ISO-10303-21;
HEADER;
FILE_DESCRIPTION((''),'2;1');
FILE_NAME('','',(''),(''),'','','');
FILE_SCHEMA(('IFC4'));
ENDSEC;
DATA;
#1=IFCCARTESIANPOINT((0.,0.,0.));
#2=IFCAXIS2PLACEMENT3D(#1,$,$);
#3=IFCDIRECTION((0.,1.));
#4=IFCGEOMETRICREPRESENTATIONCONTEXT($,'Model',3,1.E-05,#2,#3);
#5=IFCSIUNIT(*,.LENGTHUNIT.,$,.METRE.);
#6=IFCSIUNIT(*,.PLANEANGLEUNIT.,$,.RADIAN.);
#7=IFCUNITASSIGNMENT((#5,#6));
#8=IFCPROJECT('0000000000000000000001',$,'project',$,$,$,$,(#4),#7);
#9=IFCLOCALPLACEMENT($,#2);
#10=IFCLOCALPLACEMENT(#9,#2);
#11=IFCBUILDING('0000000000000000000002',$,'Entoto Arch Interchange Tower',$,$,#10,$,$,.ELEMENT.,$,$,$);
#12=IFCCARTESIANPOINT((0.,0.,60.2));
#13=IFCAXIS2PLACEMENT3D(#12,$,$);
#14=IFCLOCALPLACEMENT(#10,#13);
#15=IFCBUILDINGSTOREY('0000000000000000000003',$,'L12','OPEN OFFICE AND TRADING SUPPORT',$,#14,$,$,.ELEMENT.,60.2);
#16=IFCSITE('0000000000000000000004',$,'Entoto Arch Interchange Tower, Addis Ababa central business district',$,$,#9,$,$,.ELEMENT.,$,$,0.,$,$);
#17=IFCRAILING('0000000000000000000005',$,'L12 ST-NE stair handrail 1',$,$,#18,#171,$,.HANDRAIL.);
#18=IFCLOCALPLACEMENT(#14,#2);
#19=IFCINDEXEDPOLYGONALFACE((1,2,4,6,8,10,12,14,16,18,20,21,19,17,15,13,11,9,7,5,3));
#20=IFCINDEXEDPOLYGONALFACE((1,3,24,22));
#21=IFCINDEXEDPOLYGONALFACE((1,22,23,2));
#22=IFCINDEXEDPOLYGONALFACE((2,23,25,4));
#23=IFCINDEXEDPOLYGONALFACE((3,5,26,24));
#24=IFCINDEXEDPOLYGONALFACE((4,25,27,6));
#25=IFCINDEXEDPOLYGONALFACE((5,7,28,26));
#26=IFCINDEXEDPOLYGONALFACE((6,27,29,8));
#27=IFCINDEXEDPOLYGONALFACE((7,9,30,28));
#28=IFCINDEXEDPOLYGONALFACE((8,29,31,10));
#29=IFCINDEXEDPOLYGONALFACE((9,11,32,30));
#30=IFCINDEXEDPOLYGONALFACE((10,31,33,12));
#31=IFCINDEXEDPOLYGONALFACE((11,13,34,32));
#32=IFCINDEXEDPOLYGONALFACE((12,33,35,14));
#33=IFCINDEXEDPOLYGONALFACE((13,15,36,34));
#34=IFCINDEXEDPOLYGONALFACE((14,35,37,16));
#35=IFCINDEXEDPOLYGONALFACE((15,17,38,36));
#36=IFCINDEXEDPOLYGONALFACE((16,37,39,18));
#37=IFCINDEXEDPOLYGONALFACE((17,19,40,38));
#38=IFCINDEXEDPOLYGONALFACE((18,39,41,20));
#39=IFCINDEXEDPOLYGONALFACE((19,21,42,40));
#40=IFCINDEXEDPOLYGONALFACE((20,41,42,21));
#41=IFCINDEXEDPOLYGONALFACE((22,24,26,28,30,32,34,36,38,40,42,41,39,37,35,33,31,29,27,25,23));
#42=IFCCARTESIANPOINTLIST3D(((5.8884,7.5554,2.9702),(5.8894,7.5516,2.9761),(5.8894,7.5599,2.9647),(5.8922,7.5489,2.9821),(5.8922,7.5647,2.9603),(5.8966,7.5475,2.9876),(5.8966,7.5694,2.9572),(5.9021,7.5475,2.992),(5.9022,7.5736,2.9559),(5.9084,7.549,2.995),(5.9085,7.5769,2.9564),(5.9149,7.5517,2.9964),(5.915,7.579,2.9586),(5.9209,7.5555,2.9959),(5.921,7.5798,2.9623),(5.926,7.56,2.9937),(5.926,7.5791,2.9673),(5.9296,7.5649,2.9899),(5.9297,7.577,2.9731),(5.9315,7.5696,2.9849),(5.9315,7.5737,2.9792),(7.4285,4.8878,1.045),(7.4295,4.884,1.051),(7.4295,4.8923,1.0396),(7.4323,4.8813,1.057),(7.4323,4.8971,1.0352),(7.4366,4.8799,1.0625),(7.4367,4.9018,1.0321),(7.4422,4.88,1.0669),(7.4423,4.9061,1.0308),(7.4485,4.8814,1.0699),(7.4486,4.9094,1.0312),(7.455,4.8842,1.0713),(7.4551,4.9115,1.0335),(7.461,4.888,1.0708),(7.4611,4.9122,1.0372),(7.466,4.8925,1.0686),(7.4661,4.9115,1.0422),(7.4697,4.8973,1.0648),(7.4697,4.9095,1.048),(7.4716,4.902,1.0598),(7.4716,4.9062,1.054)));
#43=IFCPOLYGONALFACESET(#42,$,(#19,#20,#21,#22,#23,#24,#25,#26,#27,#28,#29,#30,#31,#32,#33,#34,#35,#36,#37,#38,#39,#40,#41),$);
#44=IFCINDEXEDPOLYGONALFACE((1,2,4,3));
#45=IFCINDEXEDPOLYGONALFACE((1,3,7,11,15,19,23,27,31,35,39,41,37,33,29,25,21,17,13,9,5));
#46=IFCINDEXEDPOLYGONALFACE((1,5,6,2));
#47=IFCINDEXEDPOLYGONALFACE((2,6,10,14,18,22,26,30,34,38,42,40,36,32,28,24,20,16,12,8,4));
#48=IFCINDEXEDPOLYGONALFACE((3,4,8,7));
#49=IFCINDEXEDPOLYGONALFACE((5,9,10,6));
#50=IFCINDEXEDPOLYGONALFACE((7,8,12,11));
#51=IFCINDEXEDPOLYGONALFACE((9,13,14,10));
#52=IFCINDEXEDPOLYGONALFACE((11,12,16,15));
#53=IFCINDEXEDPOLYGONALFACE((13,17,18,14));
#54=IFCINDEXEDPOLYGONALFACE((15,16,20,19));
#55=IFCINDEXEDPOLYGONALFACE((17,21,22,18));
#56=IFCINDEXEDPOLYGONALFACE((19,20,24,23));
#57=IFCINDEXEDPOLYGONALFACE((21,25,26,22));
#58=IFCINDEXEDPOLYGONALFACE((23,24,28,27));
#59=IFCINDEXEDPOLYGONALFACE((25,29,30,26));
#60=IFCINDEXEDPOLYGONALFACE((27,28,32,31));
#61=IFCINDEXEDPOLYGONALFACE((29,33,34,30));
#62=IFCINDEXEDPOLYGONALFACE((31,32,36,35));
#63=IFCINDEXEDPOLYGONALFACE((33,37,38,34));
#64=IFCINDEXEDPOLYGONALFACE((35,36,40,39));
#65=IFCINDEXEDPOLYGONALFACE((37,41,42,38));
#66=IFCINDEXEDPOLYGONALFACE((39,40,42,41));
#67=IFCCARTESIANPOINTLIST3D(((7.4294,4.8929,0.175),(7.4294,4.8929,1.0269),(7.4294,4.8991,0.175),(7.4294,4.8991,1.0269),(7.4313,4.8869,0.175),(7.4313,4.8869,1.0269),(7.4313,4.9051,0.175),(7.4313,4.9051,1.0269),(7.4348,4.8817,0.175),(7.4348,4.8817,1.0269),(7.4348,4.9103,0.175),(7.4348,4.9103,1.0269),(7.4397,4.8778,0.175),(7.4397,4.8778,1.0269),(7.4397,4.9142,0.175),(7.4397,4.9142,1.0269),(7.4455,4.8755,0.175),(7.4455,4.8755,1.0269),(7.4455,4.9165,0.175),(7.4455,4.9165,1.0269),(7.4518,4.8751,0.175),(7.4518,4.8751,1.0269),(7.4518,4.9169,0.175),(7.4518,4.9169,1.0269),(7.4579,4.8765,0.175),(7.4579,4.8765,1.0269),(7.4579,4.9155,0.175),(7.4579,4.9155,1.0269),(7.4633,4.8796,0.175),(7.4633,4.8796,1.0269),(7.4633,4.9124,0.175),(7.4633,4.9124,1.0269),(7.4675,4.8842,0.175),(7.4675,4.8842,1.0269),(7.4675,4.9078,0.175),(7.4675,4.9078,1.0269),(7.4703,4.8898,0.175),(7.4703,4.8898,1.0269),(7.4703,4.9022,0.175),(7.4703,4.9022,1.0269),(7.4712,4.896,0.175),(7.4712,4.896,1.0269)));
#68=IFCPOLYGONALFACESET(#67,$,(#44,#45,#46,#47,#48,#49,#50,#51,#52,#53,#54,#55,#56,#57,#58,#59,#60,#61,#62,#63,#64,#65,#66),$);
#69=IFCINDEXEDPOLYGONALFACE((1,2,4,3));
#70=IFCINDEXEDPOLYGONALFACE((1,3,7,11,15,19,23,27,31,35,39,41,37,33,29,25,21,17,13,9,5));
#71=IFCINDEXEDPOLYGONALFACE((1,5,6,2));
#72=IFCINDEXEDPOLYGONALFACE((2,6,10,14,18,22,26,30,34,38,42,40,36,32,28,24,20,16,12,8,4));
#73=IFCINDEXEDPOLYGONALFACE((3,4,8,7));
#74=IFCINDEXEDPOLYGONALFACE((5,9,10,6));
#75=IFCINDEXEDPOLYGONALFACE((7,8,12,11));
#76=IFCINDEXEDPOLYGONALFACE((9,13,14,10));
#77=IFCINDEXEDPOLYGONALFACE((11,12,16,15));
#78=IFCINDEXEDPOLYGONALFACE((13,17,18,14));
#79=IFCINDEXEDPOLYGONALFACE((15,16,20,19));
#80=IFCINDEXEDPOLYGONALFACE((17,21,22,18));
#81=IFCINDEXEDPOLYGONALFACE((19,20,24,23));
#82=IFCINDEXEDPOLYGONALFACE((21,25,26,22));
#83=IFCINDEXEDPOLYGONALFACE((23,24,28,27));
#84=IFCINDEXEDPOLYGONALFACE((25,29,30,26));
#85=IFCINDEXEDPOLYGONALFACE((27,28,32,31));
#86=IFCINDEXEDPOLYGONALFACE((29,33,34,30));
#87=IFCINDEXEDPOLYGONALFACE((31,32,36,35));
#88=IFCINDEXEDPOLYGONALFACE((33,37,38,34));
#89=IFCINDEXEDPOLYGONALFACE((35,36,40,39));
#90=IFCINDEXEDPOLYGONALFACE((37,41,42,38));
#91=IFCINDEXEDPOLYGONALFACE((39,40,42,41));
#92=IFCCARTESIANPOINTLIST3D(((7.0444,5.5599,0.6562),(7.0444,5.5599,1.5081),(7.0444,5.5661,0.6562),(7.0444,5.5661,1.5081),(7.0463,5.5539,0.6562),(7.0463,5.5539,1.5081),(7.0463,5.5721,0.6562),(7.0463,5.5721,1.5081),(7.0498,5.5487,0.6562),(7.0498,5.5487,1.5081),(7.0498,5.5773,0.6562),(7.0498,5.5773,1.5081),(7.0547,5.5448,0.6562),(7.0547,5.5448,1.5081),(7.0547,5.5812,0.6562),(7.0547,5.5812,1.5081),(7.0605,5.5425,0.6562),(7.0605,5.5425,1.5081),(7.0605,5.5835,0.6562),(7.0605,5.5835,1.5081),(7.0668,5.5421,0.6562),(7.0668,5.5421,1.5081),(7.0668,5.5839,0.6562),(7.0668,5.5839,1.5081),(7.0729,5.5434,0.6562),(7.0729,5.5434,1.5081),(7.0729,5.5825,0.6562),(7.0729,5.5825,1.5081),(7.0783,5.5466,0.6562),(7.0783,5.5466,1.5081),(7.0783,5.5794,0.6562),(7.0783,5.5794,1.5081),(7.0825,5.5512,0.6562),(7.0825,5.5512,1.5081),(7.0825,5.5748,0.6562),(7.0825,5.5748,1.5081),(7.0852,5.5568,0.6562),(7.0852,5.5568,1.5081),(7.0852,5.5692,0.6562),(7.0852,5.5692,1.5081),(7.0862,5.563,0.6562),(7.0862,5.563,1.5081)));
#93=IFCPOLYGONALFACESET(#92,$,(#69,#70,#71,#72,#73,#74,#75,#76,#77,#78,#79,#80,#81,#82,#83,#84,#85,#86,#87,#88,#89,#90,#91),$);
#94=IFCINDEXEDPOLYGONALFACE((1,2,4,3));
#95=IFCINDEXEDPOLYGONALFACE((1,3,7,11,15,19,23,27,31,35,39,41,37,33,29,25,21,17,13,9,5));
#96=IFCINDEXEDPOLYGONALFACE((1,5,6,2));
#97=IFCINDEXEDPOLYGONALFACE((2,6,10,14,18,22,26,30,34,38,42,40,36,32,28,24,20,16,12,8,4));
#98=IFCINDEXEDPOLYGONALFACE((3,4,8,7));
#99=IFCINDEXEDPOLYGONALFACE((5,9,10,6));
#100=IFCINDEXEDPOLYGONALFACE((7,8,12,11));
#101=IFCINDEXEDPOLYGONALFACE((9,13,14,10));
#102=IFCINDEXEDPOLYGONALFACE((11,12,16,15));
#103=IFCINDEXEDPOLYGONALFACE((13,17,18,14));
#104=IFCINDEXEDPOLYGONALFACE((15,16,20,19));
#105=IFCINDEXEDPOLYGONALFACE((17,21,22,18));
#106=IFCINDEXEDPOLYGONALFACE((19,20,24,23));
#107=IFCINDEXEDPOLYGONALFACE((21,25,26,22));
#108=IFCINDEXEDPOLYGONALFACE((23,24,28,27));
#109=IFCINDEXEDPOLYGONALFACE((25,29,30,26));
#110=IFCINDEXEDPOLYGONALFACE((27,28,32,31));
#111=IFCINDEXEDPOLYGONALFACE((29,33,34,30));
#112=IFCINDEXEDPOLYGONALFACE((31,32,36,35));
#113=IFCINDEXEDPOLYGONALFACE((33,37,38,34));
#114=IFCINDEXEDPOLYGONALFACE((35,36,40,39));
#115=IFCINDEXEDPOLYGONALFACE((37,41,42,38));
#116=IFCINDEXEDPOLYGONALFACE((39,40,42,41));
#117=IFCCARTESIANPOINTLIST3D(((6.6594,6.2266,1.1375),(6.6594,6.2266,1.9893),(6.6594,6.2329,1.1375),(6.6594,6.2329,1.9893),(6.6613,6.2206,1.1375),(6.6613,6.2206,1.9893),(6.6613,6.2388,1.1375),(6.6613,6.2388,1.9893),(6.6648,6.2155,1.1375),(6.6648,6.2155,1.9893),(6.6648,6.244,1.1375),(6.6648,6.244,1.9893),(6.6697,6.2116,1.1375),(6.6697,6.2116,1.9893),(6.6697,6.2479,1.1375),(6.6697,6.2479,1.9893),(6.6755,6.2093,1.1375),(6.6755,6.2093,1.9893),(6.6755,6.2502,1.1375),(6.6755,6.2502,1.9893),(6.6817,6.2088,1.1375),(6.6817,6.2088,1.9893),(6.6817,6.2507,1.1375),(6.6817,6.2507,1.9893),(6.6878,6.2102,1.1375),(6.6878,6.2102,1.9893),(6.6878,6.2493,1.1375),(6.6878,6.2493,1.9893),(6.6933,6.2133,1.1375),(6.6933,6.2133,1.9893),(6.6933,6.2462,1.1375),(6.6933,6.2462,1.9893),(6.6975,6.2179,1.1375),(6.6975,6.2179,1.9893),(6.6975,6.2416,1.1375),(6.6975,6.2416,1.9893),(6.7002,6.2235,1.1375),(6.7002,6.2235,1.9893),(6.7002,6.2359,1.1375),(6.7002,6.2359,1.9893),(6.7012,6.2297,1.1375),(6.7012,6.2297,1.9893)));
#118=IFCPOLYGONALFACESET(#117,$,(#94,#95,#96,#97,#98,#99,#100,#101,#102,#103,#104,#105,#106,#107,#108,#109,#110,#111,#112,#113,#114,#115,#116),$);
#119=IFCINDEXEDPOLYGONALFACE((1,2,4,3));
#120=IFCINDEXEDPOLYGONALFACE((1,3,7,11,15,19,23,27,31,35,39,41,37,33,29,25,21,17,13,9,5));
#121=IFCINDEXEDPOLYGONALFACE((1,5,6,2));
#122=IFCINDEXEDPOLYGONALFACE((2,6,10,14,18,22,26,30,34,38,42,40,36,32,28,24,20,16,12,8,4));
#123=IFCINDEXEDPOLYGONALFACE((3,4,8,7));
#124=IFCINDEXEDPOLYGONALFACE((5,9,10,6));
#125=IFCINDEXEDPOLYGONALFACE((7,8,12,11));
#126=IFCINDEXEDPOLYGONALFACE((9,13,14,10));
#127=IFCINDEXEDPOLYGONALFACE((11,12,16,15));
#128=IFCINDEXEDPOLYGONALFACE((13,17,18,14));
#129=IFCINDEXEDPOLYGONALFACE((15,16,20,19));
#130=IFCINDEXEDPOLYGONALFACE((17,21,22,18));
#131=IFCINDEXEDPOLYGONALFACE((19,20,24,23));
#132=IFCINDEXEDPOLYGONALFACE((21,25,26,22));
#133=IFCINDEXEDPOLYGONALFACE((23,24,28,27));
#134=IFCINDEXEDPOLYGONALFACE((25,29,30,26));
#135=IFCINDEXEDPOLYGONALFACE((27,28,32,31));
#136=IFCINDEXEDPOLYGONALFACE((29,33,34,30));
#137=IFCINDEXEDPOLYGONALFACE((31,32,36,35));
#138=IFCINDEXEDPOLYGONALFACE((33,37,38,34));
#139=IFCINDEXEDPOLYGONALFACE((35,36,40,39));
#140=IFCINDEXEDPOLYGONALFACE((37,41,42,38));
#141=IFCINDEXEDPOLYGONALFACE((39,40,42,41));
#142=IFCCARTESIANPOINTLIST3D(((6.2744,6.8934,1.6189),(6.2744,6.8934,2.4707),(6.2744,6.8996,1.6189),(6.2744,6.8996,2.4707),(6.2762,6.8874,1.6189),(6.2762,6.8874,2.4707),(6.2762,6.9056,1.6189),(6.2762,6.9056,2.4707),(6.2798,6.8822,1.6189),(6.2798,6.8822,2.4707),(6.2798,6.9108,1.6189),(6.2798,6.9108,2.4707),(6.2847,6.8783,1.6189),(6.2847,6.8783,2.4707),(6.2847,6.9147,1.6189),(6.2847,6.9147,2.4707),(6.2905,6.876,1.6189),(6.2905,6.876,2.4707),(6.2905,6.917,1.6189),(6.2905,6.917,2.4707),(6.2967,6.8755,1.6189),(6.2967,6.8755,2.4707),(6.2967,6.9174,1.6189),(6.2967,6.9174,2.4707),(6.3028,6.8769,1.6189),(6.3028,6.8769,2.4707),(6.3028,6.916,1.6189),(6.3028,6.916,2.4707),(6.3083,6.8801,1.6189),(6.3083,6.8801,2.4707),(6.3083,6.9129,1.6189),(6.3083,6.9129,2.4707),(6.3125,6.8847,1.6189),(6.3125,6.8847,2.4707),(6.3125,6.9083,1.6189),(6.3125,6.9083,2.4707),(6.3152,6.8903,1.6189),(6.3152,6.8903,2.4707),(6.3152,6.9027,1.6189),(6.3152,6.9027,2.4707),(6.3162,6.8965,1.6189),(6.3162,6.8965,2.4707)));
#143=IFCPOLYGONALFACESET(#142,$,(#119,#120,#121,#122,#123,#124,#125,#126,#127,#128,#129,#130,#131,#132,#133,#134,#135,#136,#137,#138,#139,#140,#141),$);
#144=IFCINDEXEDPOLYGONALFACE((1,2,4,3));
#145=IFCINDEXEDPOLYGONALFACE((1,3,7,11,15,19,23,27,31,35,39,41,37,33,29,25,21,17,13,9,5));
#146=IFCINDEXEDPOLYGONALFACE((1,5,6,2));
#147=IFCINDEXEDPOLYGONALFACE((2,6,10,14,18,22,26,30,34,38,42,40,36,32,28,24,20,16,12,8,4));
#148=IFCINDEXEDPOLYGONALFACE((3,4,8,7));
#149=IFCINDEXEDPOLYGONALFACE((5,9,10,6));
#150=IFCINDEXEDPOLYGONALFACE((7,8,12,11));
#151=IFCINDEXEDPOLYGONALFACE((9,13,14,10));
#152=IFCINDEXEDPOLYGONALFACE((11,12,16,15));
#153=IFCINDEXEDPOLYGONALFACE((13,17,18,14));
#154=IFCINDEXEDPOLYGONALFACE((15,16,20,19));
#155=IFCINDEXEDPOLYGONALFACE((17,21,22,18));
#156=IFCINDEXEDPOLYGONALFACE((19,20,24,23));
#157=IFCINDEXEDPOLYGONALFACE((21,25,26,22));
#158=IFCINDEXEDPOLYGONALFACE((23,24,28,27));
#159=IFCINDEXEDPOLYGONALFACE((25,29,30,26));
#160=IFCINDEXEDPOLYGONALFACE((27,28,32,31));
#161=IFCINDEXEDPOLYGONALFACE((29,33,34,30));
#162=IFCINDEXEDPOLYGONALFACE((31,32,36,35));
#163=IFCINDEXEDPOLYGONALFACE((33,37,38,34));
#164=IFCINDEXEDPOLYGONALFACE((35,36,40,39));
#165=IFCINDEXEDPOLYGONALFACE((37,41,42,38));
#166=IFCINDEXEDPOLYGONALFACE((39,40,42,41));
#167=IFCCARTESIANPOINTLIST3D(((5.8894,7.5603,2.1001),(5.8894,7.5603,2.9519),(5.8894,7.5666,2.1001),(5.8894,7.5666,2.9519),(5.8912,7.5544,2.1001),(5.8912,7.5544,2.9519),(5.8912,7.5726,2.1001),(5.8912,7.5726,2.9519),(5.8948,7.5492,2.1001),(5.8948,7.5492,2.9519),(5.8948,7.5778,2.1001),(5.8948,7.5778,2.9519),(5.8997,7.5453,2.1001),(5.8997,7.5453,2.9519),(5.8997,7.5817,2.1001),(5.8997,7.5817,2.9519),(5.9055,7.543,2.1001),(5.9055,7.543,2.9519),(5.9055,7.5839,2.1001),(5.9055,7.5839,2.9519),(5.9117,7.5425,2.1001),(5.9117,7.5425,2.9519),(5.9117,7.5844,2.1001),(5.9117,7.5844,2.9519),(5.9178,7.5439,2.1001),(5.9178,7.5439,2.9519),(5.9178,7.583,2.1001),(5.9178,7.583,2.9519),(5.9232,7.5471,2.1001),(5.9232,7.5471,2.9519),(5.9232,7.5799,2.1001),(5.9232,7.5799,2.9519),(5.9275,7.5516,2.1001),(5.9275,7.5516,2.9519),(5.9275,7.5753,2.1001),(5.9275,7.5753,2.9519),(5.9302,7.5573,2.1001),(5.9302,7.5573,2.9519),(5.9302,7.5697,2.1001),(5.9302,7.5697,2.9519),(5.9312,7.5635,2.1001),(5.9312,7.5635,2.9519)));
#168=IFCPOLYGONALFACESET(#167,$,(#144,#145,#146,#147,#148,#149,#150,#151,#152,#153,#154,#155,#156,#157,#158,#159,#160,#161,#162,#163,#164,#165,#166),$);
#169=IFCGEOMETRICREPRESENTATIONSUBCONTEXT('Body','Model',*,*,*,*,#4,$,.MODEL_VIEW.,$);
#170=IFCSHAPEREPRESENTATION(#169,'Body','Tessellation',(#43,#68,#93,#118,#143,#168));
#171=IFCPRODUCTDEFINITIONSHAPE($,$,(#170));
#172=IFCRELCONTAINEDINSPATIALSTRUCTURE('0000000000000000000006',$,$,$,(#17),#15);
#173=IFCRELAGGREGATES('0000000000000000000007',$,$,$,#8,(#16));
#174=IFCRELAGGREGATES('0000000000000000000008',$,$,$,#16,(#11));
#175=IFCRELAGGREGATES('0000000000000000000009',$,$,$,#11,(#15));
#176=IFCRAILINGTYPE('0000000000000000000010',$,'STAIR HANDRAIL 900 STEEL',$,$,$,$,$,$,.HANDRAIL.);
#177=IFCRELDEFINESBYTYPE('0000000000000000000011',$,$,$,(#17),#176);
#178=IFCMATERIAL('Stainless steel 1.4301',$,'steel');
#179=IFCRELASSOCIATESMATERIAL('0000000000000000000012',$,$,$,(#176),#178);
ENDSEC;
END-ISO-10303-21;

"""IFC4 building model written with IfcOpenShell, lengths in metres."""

from ifc_helpers import new_model, si_unit, direction, frame, origin, origin_2d, place, context, subcontext, project, spatial, circle, extrude, material, type_object, element, save


model = new_model("IFC4")

# Units and contexts
model_context = context("Model", 3, precision=1e-05, world=origin(), true_north=direction((0.0, 1.0)))
body_context = subcontext(model_context, "Body", "Model", "MODEL_VIEW")
ifc_project = project(units=[si_unit("LENGTHUNIT", "METRE"), si_unit("PLANEANGLEUNIT", "RADIAN")], contexts=[model_context])

# Site, building, storey
site_placement = place(None, origin())
site = spatial("IfcSite", under=ifc_project, at=site_placement, Name="Entoto Arch Interchange Tower, Addis Ababa central business district", CompositionType="ELEMENT", RefElevation=0.0)
building_placement = place(site_placement, origin())
building = spatial("IfcBuilding", under=site, at=building_placement, Name="Entoto Arch Interchange Tower", CompositionType="ELEMENT")
storey_placement = place(building_placement, frame((0.0, 0.0, 60.2)))
storey = spatial("IfcBuildingStorey", under=building, at=storey_placement, Name="L12", Description="OPEN OFFICE AND TRADING SUPPORT", CompositionType="ELEMENT", Elevation=60.2)

# Railing
ifc_material_1 = material(Name="Stainless steel 1.4301", Category="steel")
railing_type_1 = type_object("IfcRailingType", Name="STAIR HANDRAIL 900 STEEL", PredefinedType="HANDRAIL", material=ifc_material_1)
railing_1_placement = place(storey_placement, frame((7.4502, 4.896, 0.175)))
element("IfcRailing", 1, at=railing_1_placement, inside=storey, type_object=railing_type_1, Name="L12 ST-NE stair handrail 1", PredefinedType="HANDRAIL", context=body_context, shape_type="SweptSolid", body=[
    extrude(circle(Radius=0.0239, at=origin_2d()), frame((0.0, 0.0, 0.876), z_axis=(-0.423994, 0.734395, 0.529993), x_axis=(-0.86603, -0.499992, 0.0)), (0.0, 0.0, 1.0), 3.6323),
    extrude(circle(Radius=0.021, at=origin_2d()), origin(), (0.0, 0.0, 1.0), 0.8518),
    extrude(circle(Radius=0.021, at=origin_2d()), frame((-0.385, 0.667, 0.4812)), (0.0, 0.0, 1.0), 0.8518),
    extrude(circle(Radius=0.021, at=origin_2d()), frame((-0.77, 1.3337, 0.9624)), (0.0, 0.0, 1.0), 0.8518),
    extrude(circle(Radius=0.021, at=origin_2d()), frame((-1.155, 2.0005, 1.4438)), (0.0, 0.0, 1.0), 0.8518),
    extrude(circle(Radius=0.021, at=origin_2d()), frame((-1.54, 2.6675, 1.925)), (0.0, 0.0, 1.0), 0.8518),
])

save(model, "model.ifc")
